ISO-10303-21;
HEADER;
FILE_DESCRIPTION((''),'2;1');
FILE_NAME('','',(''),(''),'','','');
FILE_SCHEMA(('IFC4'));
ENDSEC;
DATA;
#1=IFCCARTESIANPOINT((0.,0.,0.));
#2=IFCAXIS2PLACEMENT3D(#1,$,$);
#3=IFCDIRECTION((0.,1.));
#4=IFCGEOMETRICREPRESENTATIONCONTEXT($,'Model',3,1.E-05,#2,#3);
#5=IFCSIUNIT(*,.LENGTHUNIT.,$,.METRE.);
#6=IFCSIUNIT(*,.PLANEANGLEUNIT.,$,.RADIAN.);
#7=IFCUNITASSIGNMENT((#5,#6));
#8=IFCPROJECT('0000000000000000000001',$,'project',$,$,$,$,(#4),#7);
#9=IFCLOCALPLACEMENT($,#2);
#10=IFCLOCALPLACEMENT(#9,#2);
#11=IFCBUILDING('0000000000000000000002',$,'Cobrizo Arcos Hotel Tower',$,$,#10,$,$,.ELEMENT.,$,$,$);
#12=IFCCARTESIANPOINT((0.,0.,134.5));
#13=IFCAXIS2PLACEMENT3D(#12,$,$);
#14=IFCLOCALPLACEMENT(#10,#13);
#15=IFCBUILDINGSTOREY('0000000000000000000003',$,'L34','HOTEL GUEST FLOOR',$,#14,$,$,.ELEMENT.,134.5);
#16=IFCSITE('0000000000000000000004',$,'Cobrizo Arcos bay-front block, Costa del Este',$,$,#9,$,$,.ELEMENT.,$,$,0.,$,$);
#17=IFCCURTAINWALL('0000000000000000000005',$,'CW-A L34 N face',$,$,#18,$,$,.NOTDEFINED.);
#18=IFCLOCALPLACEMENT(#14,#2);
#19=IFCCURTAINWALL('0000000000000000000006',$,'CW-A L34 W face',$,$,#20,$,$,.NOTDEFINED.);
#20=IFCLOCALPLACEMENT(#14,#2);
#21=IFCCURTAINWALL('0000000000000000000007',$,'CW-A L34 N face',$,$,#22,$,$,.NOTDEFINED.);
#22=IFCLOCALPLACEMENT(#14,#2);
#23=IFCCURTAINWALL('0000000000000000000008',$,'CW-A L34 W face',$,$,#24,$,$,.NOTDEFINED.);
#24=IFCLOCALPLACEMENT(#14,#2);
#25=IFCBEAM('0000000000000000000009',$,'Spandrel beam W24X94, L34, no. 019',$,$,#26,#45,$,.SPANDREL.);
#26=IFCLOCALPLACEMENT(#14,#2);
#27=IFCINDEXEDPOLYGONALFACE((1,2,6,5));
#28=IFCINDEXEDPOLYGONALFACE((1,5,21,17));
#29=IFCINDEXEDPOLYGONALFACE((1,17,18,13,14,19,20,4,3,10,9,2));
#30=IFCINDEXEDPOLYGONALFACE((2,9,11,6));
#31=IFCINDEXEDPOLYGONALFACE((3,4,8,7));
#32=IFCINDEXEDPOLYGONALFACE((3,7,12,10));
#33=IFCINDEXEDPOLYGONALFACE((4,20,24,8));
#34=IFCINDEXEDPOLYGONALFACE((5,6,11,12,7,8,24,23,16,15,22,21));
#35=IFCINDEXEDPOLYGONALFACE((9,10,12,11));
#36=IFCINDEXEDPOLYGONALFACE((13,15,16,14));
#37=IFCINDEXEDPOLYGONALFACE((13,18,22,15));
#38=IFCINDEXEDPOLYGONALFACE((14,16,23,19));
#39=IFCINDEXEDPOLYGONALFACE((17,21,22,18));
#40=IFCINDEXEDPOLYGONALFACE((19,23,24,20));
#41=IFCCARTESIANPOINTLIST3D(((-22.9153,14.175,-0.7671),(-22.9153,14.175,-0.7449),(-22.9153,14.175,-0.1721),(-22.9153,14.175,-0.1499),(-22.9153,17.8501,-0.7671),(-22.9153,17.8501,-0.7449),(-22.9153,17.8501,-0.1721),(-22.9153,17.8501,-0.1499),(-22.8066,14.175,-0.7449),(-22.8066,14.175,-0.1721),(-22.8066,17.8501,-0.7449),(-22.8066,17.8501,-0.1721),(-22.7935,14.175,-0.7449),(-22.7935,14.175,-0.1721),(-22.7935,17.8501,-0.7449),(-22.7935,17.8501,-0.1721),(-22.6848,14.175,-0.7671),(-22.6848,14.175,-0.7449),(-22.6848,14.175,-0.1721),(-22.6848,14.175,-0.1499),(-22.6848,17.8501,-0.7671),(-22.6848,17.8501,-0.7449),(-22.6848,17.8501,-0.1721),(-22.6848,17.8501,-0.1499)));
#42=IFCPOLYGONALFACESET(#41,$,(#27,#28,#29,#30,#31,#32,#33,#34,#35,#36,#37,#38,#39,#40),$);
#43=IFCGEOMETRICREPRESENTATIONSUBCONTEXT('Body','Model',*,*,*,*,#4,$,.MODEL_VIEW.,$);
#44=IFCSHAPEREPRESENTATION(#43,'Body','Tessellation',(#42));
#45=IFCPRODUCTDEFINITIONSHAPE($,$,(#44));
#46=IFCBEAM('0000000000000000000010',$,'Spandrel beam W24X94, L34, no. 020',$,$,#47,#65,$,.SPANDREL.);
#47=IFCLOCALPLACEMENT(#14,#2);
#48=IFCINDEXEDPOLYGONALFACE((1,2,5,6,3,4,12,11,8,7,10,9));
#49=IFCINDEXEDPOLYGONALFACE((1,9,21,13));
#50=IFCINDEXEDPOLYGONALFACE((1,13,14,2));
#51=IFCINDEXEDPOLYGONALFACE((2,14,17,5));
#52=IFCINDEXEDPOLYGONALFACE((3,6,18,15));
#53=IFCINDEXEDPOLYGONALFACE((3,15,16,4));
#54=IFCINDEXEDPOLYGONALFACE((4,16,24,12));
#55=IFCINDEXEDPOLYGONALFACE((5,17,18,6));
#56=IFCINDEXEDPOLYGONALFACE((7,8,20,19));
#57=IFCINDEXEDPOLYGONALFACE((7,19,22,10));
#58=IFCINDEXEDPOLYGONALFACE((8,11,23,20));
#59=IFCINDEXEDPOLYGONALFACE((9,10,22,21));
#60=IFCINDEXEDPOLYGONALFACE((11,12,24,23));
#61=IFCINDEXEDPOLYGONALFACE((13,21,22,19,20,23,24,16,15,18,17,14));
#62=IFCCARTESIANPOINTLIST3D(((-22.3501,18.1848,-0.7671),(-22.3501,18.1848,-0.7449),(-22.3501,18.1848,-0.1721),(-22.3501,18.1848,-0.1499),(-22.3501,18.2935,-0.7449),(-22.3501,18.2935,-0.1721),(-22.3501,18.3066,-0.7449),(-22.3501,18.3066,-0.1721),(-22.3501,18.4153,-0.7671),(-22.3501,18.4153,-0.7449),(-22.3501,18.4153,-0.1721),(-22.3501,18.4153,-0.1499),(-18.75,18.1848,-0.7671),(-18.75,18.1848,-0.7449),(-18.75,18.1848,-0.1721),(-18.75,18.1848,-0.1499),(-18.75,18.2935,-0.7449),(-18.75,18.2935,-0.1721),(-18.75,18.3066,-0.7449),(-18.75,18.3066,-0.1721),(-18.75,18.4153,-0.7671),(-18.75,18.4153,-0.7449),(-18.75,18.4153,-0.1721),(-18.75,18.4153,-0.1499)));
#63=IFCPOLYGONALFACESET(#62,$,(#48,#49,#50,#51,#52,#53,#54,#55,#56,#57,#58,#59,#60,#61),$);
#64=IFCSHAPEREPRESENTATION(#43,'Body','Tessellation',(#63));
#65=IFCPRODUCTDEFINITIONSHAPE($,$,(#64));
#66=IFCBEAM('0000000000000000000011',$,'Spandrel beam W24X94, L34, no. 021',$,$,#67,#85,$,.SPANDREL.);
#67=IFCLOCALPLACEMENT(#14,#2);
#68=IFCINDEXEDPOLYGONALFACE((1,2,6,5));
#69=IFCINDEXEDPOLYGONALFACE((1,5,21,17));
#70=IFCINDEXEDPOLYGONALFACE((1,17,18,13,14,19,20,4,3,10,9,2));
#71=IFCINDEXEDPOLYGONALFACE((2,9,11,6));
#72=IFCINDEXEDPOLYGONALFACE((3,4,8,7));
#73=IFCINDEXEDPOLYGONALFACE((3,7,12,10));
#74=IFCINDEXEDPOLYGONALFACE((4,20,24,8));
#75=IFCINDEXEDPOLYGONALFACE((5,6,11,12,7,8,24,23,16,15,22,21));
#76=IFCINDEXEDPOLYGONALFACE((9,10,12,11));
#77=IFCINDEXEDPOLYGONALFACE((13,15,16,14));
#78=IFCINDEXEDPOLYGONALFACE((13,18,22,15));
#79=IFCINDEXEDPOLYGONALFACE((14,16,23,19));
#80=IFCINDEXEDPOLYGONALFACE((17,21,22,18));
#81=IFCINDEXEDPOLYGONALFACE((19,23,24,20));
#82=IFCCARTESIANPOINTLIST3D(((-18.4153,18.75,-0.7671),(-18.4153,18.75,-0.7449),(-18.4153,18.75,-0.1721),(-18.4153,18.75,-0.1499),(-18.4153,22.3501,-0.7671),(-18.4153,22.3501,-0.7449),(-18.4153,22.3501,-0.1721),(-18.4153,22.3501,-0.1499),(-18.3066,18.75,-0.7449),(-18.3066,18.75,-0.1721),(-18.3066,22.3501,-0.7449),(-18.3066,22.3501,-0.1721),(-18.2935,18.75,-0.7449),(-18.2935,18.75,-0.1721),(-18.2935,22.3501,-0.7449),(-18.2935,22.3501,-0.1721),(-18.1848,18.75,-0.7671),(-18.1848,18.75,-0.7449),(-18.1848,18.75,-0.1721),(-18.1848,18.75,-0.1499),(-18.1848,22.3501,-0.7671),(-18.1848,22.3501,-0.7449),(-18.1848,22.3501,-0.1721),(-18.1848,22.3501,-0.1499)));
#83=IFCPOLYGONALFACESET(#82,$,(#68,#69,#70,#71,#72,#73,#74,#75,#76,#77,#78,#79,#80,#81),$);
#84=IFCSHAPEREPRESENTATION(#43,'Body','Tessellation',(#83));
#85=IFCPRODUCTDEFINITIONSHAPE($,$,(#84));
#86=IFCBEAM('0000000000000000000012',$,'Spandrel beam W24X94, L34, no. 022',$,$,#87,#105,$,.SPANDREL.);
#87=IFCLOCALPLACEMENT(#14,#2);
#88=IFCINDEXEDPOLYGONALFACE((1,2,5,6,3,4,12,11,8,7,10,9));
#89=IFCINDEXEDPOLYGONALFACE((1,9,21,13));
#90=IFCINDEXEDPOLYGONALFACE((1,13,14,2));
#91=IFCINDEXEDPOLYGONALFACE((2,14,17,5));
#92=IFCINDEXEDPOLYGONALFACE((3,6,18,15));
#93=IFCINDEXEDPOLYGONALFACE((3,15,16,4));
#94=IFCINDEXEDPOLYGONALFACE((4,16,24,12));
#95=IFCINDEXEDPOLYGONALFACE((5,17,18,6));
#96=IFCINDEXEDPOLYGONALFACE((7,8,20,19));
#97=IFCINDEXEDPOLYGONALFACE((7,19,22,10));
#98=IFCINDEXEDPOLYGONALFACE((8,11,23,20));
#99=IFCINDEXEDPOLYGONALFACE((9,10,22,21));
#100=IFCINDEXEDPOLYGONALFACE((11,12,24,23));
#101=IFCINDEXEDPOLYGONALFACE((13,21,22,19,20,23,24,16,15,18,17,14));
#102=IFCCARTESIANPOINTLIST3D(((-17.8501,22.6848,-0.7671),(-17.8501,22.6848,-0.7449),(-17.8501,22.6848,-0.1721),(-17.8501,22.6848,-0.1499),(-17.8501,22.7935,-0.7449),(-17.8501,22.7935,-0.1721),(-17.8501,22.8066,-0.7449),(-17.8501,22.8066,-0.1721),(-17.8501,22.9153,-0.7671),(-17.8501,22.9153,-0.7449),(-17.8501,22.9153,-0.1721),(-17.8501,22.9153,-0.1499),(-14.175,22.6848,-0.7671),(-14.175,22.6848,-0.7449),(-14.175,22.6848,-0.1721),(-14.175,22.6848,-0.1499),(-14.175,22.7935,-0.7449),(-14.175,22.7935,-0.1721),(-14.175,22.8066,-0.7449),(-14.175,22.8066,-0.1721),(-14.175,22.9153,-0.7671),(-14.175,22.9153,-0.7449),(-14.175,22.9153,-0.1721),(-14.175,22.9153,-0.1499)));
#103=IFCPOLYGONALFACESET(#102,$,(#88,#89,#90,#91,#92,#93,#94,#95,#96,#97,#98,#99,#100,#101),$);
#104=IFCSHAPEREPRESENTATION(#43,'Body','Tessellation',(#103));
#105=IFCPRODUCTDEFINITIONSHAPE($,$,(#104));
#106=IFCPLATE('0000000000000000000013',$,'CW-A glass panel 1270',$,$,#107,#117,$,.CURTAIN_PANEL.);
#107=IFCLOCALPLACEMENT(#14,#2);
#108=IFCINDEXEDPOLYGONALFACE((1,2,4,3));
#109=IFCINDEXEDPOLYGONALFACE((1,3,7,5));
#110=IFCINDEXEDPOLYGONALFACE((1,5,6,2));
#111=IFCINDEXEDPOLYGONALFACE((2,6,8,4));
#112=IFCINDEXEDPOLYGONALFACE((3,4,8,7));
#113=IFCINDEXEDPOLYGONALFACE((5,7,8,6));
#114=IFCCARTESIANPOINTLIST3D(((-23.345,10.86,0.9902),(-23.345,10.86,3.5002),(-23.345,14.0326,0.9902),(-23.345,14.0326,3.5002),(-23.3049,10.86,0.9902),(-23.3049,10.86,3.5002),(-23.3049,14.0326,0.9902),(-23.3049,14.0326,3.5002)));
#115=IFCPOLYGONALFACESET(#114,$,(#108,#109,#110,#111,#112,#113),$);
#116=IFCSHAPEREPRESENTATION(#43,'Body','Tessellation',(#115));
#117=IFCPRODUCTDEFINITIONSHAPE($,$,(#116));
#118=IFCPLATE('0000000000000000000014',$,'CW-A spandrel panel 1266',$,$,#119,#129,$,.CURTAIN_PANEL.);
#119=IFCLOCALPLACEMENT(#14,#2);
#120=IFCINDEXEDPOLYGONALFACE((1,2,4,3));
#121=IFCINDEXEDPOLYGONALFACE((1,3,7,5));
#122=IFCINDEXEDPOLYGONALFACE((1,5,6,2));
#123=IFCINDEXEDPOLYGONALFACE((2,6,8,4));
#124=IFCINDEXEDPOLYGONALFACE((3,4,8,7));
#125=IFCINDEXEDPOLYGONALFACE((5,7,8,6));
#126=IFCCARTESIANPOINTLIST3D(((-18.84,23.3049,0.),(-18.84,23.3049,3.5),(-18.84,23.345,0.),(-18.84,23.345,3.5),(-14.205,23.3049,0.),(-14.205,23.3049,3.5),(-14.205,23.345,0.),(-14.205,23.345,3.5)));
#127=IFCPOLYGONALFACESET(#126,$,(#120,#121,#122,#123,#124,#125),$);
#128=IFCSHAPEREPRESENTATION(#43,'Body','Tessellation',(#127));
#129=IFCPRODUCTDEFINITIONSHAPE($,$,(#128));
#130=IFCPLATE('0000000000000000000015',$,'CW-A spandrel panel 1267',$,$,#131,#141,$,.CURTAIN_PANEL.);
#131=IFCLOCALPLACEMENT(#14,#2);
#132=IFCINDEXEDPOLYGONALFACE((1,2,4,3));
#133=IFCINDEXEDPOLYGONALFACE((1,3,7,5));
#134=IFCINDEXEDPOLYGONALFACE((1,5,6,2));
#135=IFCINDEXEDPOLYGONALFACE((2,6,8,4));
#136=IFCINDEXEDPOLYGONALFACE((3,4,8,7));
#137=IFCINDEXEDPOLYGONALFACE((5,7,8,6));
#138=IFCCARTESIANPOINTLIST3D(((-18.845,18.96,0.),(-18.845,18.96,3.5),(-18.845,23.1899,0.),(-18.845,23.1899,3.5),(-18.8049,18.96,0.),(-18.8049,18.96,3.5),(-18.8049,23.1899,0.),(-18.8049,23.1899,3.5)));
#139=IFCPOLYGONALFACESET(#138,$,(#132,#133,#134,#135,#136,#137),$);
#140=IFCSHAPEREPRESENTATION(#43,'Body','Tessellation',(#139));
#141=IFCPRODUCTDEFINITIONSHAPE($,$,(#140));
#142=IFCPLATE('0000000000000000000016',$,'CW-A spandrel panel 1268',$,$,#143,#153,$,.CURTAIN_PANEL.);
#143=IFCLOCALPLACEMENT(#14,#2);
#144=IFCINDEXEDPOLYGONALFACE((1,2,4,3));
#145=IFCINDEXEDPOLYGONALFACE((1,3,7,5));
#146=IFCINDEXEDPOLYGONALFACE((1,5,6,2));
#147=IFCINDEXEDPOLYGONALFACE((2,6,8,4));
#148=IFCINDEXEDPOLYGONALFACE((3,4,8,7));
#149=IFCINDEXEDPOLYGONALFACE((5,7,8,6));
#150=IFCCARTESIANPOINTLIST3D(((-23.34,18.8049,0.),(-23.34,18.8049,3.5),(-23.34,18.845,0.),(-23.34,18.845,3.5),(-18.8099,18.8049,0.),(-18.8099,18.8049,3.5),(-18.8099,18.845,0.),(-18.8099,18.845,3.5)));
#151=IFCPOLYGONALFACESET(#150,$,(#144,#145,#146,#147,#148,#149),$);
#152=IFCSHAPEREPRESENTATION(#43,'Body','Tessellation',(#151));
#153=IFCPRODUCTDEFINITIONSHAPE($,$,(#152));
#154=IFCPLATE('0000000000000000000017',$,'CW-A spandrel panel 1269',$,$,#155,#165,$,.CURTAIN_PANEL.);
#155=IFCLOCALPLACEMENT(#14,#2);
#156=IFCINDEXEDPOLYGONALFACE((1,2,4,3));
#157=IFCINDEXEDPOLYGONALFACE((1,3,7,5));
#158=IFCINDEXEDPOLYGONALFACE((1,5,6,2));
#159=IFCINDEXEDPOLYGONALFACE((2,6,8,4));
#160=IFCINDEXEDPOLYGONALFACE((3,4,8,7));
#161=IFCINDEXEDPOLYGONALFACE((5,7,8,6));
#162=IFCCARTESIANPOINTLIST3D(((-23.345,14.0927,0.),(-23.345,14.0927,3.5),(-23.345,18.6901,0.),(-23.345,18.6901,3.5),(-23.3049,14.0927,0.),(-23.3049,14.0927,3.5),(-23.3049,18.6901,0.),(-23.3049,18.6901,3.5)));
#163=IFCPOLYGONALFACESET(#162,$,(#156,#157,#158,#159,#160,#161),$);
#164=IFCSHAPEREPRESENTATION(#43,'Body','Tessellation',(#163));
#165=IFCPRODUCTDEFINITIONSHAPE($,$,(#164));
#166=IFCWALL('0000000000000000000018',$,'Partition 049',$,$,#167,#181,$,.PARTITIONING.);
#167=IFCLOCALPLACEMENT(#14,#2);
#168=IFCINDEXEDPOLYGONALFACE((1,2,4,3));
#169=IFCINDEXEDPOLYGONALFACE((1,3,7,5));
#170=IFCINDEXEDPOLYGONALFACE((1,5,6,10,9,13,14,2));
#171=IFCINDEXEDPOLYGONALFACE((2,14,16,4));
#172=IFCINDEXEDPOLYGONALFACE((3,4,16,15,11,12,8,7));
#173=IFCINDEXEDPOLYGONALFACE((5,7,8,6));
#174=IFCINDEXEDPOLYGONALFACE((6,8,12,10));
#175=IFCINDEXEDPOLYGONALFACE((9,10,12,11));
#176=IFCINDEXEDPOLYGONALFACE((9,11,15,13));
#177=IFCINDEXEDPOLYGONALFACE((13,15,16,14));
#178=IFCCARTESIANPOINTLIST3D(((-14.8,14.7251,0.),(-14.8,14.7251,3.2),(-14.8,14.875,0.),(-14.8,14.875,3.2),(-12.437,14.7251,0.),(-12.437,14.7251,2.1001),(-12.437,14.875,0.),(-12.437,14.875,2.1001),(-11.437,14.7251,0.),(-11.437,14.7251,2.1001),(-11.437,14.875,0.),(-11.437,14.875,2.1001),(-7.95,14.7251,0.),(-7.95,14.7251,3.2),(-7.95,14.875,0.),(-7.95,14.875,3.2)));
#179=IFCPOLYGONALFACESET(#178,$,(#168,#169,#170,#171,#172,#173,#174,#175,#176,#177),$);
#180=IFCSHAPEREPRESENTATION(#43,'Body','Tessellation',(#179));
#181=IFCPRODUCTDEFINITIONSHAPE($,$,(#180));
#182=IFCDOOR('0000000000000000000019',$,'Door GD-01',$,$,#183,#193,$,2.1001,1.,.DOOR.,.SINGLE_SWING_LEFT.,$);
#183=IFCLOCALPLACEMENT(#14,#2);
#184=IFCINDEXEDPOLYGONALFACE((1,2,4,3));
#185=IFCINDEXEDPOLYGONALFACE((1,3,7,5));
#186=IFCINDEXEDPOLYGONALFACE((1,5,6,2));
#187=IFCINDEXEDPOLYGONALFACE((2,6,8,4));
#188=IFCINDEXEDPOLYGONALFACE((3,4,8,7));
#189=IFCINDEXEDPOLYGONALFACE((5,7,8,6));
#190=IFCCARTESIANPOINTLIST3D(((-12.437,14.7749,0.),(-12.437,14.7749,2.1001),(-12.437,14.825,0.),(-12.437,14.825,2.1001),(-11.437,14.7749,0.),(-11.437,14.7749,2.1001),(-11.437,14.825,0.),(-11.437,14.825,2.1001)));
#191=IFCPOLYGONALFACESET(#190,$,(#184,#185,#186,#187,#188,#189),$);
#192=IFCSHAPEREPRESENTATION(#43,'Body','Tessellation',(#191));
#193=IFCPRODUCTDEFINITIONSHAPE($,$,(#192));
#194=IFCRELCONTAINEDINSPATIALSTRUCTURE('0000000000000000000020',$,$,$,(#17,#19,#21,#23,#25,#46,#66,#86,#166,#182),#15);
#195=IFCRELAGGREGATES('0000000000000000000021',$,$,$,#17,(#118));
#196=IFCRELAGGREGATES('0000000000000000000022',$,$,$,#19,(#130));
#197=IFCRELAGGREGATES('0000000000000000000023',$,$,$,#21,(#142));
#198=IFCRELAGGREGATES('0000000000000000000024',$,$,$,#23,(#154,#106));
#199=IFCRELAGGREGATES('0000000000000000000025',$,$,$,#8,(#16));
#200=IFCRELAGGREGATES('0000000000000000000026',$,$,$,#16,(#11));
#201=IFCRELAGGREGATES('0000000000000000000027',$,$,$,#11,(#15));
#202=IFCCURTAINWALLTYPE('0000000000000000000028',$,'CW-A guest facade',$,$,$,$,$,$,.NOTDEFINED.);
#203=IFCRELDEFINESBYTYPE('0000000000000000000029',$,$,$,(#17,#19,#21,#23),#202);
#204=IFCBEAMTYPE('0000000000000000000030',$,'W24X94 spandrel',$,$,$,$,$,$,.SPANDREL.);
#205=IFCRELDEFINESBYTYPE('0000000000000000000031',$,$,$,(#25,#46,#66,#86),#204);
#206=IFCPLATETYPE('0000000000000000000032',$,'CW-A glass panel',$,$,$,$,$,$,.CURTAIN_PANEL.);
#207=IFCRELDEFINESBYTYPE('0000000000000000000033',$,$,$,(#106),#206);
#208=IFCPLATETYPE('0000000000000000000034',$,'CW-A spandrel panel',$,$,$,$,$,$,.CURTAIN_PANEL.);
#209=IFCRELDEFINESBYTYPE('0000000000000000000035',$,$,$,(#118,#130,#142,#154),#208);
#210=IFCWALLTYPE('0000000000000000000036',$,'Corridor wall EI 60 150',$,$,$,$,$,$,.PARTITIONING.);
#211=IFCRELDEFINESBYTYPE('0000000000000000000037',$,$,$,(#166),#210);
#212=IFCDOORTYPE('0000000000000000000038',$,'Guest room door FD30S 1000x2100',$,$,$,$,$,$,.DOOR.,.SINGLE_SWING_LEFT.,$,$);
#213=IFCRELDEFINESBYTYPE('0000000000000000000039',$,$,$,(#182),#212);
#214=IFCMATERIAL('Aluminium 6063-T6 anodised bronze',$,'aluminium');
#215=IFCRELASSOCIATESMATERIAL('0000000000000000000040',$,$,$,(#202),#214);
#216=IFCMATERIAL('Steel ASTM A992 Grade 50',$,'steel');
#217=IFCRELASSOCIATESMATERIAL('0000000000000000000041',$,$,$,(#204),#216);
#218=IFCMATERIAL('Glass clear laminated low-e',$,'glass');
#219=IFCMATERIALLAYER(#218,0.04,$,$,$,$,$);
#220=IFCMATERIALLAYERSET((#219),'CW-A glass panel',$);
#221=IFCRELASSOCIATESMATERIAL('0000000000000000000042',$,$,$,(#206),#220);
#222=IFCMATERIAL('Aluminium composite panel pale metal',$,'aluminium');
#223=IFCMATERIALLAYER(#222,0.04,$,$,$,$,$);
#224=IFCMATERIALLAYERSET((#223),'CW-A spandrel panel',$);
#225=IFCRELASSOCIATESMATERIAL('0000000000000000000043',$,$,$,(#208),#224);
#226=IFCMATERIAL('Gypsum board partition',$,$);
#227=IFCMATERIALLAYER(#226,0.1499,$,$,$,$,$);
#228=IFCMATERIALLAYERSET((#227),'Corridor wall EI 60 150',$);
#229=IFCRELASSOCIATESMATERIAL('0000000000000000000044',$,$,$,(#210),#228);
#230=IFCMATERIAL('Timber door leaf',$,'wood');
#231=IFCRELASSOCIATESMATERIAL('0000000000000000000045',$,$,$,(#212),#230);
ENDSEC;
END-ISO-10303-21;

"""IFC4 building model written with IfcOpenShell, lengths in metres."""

from ifc_helpers import new_model, si_unit, direction, frame, frame_2d, origin, origin_2d, place, context, subcontext, project, spatial, rectangle, i_section, extrude, material, layer, layer_set, material_profile, profile_set, type_object, element, fill, aggregate, save


model = new_model("IFC4")

# Units and contexts
model_context = context("Model", 3, precision=1e-05, world=origin(), true_north=direction((0.0, 1.0)))
body_context = subcontext(model_context, "Body", "Model", "MODEL_VIEW")
ifc_project = project(units=[si_unit("LENGTHUNIT", "METRE"), si_unit("PLANEANGLEUNIT", "RADIAN")], contexts=[model_context])

# Site, building, storey
site_placement = place(None, origin())
site = spatial("IfcSite", under=ifc_project, at=site_placement, Name="Cobrizo Arcos bay-front block, Costa del Este", CompositionType="ELEMENT", RefElevation=0.0)
building_placement = place(site_placement, origin())
building = spatial("IfcBuilding", under=site, at=building_placement, Name="Cobrizo Arcos Hotel Tower", CompositionType="ELEMENT")
storey_placement = place(building_placement, frame((0.0, 0.0, 134.5)))
storey = spatial("IfcBuildingStorey", under=building, at=storey_placement, Name="L34", Description="HOTEL GUEST FLOOR", CompositionType="ELEMENT", Elevation=134.5)

# Curtain walls
ifc_material_1 = material(Name="Aluminium 6063-T6 anodised bronze", Category="aluminium")
curtain_wall_type = type_object("IfcCurtainWallType", Name="CW-A guest facade", PredefinedType="NOTDEFINED", material=ifc_material_1)
curtain_wall_1_placement = place(storey_placement, origin())
curtain_wall_1 = element("IfcCurtainWall", 1, at=curtain_wall_1_placement, inside=storey, type_object=curtain_wall_type, Name="CW-A L34 N face", PredefinedType="NOTDEFINED")
curtain_wall_2_placement = place(storey_placement, origin())
curtain_wall_2 = element("IfcCurtainWall", 2, at=curtain_wall_2_placement, inside=storey, type_object=curtain_wall_type, Name="CW-A L34 W face", PredefinedType="NOTDEFINED")
curtain_wall_3_placement = place(storey_placement, origin())
curtain_wall_3 = element("IfcCurtainWall", 3, at=curtain_wall_3_placement, inside=storey, type_object=curtain_wall_type, Name="CW-A L34 N face", PredefinedType="NOTDEFINED")
curtain_wall_4_placement = place(storey_placement, origin())
curtain_wall_4 = element("IfcCurtainWall", 4, at=curtain_wall_4_placement, inside=storey, type_object=curtain_wall_type, Name="CW-A L34 W face", PredefinedType="NOTDEFINED")

# Beams
ifc_material_2 = material(Name="Steel ASTM A992 Grade 50", Category="steel")
ifc_material_profile_1 = material_profile(ifc_material_2, i_section(OverallWidth=0.2305, OverallDepth=0.6172, WebThickness=0.0132, FlangeThickness=0.0222, at=origin_2d()), Name="W24X94")
ifc_profile_set_1 = profile_set([ifc_material_profile_1], Name="Steel ASTM A992 Grade 50")
beam_type = type_object("IfcBeamType", Name="W24X94 spandrel", PredefinedType="SPANDREL", material=ifc_profile_set_1)
beam_1_placement = place(storey_placement, frame((-22.8, 14.175, -0.4585), z_axis=(0.0, 1.0, 0.0), x_axis=(-1.0, 0.0, 0.0)))
element("IfcBeam", 5, at=beam_1_placement, inside=storey, type_object=beam_type, Name="Spandrel beam W24X94, L34, no. 019", PredefinedType="SPANDREL", context=body_context, shape_type="SweptSolid", body=[
    extrude(i_section(OverallWidth=0.2305, OverallDepth=0.6172, WebThickness=0.0132, FlangeThickness=0.0222, at=origin_2d()), origin(), (0.0, 0.0, 1.0), 3.675),
])
for number, where, z_axis, x_axis, name in (
    (6, (-22.3501, 18.3, -0.4585), (1.0, 0.0, 0.0), (0.0, 1.0, 0.0), "Spandrel beam W24X94, L34, no. 020"),
    (7, (-18.3, 18.75, -0.4585), (0.0, 1.0, 0.0), (-1.0, 0.0, 0.0), "Spandrel beam W24X94, L34, no. 021"),
):
    element("IfcBeam", number, at=place(storey_placement, frame(where, z_axis=z_axis, x_axis=x_axis)), inside=storey, type_object=beam_type, Name=name, PredefinedType="SPANDREL", context=body_context, shape_type="SweptSolid", body=[
        extrude(i_section(OverallWidth=0.2305, OverallDepth=0.6172, WebThickness=0.0132, FlangeThickness=0.0222, at=origin_2d()), origin(), (0.0, 0.0, 1.0), 3.6001),
    ])
beam_2_placement = place(storey_placement, frame((-17.8501, 22.8, -0.4585), z_axis=(1.0, 0.0, 0.0), x_axis=(0.0, 1.0, 0.0)))
element("IfcBeam", 8, at=beam_2_placement, inside=storey, type_object=beam_type, Name="Spandrel beam W24X94, L34, no. 022", PredefinedType="SPANDREL", context=body_context, shape_type="SweptSolid", body=[
    extrude(i_section(OverallWidth=0.2305, OverallDepth=0.6172, WebThickness=0.0132, FlangeThickness=0.0222, at=origin_2d()), origin(), (0.0, 0.0, 1.0), 3.675),
])

# Plates
ifc_material_3 = material(Name="Glass clear laminated low-e", Category="glass")
ifc_layer_1 = layer(ifc_material_3, 0.04)
ifc_layer_set_1 = layer_set([ifc_layer_1], Name="CW-A glass panel")
plate_type_1 = type_object("IfcPlateType", Name="CW-A glass panel", PredefinedType="CURTAIN_PANEL", material=ifc_layer_set_1)
plate_1_placement = place(storey_placement, frame((-23.325, 12.4463, 0.9902), z_axis=(0.0, 0.0, 1.0), x_axis=(0.0, -1.0, 0.0)))
plate_1 = element("IfcPlate", 9, at=plate_1_placement, type_object=plate_type_1, Name="CW-A glass panel 1270", PredefinedType="CURTAIN_PANEL", context=body_context, shape_type="SweptSolid", body=[
    extrude(rectangle(XDim=3.1726, YDim=0.04, at=origin_2d()), origin(), (0.0, 0.0, 1.0), 2.51),
])
ifc_material_4 = material(Name="Aluminium composite panel pale metal", Category="aluminium")
ifc_layer_2 = layer(ifc_material_4, 0.04)
ifc_layer_set_2 = layer_set([ifc_layer_2], Name="CW-A spandrel panel")
plate_type_2 = type_object("IfcPlateType", Name="CW-A spandrel panel", PredefinedType="CURTAIN_PANEL", material=ifc_layer_set_2)
plate_2_placement = place(storey_placement, frame((-16.5225, 23.325, 0.0), z_axis=(0.0, 0.0, 1.0), x_axis=(-1.0, 0.0, 0.0)))
plate_2 = element("IfcPlate", 10, at=plate_2_placement, type_object=plate_type_2, Name="CW-A spandrel panel 1266", PredefinedType="CURTAIN_PANEL", context=body_context, shape_type="SweptSolid", body=[
    extrude(rectangle(XDim=4.635, YDim=0.04, at=origin_2d()), origin(), (0.0, 0.0, 1.0), 3.5),
])
aggregate(curtain_wall_1, [plate_2])
plate_3_placement = place(storey_placement, frame((-18.825, 21.075, 0.0), z_axis=(0.0, 0.0, 1.0), x_axis=(0.0, -1.0, 0.0)))
plate_3 = element("IfcPlate", 11, at=plate_3_placement, type_object=plate_type_2, Name="CW-A spandrel panel 1267", PredefinedType="CURTAIN_PANEL", context=body_context, shape_type="SweptSolid", body=[
    extrude(rectangle(XDim=4.23, YDim=0.04, at=origin_2d()), origin(), (0.0, 0.0, 1.0), 3.5),
])
aggregate(curtain_wall_2, [plate_3])
plate_4_placement = place(storey_placement, frame((-21.075, 18.825, 0.0), z_axis=(0.0, 0.0, 1.0), x_axis=(-1.0, 0.0, 0.0)))
plate_4 = element("IfcPlate", 12, at=plate_4_placement, type_object=plate_type_2, Name="CW-A spandrel panel 1268", PredefinedType="CURTAIN_PANEL", context=body_context, shape_type="SweptSolid", body=[
    extrude(rectangle(XDim=4.53, YDim=0.04, at=origin_2d()), origin(), (0.0, 0.0, 1.0), 3.5),
])
aggregate(curtain_wall_3, [plate_4])
plate_5_placement = place(storey_placement, frame((-23.325, 16.3914, 0.0), z_axis=(0.0, 0.0, 1.0), x_axis=(0.0, -1.0, 0.0)))
plate_5 = element("IfcPlate", 13, at=plate_5_placement, type_object=plate_type_2, Name="CW-A spandrel panel 1269", PredefinedType="CURTAIN_PANEL", context=body_context, shape_type="SweptSolid", body=[
    extrude(rectangle(XDim=4.5974, YDim=0.04, at=origin_2d()), origin(), (0.0, 0.0, 1.0), 3.5),
])
aggregate(curtain_wall_4, [plate_5, plate_1])

# Wall, opening, door
ifc_material_5 = material(Name="Gypsum board partition")
ifc_layer_3 = layer(ifc_material_5, 0.1499)
ifc_layer_set_3 = layer_set([ifc_layer_3], Name="Corridor wall EI 60 150")
wall_type_1 = type_object("IfcWallType", Name="Corridor wall EI 60 150", PredefinedType="PARTITIONING", material=ifc_layer_set_3)
wall_1_placement = place(storey_placement, frame((-14.8, 14.8, 0.0), z_axis=(0.0, 0.0, 1.0), x_axis=(1.0, 0.0, 0.0)))
wall_1 = element("IfcWall", 14, at=wall_1_placement, inside=storey, type_object=wall_type_1, Name="Partition 049", PredefinedType="PARTITIONING", context=body_context, shape_type="SweptSolid", body=[
    extrude(rectangle(XDim=6.8501, YDim=0.1499, at=frame_2d((3.425, 0.0))), origin(), (0.0, 0.0, 1.0), 3.2),
])
opening_placement = place(wall_1_placement, frame((2.363, 0.0, 0.0)))
opening = element("IfcOpeningElement", 15, at=opening_placement, cuts=wall_1, PredefinedType="OPENING", context=body_context, shape_type="SweptSolid", body=[
    extrude(rectangle(XDim=1.0, YDim=2.1001, at=frame_2d((0.5, 1.05))), frame((0.0, 0.0869, 0.0), z_axis=(0.0, -1.0, 0.0), x_axis=(1.0, 0.0, 0.0)), (0.0, 0.0, 1.0), 0.1738),
])
ifc_material_6 = material(Name="Timber door leaf", Category="wood")
door_type = type_object("IfcDoorType", Name="Guest room door FD30S 1000x2100", OperationType="SINGLE_SWING_LEFT", PredefinedType="DOOR", material=ifc_material_6)
door_placement = place(opening_placement, origin())
door = element("IfcDoor", 16, at=door_placement, inside=storey, type_object=door_type, Name="Door GD-01", OperationType="SINGLE_SWING_LEFT", OverallHeight=2.1001, OverallWidth=1.0, PredefinedType="DOOR", context=body_context, shape_type="SweptSolid", body=[
    extrude(rectangle(XDim=1.0, YDim=2.1001, at=frame_2d((0.5, 1.05))), frame((0.0, 0.0249, 0.0), z_axis=(0.0, -1.0, 0.0), x_axis=(1.0, 0.0, 0.0)), (0.0, 0.0, 1.0), 0.05),
])
fill(opening, door)

save(model, "model.ifc")
